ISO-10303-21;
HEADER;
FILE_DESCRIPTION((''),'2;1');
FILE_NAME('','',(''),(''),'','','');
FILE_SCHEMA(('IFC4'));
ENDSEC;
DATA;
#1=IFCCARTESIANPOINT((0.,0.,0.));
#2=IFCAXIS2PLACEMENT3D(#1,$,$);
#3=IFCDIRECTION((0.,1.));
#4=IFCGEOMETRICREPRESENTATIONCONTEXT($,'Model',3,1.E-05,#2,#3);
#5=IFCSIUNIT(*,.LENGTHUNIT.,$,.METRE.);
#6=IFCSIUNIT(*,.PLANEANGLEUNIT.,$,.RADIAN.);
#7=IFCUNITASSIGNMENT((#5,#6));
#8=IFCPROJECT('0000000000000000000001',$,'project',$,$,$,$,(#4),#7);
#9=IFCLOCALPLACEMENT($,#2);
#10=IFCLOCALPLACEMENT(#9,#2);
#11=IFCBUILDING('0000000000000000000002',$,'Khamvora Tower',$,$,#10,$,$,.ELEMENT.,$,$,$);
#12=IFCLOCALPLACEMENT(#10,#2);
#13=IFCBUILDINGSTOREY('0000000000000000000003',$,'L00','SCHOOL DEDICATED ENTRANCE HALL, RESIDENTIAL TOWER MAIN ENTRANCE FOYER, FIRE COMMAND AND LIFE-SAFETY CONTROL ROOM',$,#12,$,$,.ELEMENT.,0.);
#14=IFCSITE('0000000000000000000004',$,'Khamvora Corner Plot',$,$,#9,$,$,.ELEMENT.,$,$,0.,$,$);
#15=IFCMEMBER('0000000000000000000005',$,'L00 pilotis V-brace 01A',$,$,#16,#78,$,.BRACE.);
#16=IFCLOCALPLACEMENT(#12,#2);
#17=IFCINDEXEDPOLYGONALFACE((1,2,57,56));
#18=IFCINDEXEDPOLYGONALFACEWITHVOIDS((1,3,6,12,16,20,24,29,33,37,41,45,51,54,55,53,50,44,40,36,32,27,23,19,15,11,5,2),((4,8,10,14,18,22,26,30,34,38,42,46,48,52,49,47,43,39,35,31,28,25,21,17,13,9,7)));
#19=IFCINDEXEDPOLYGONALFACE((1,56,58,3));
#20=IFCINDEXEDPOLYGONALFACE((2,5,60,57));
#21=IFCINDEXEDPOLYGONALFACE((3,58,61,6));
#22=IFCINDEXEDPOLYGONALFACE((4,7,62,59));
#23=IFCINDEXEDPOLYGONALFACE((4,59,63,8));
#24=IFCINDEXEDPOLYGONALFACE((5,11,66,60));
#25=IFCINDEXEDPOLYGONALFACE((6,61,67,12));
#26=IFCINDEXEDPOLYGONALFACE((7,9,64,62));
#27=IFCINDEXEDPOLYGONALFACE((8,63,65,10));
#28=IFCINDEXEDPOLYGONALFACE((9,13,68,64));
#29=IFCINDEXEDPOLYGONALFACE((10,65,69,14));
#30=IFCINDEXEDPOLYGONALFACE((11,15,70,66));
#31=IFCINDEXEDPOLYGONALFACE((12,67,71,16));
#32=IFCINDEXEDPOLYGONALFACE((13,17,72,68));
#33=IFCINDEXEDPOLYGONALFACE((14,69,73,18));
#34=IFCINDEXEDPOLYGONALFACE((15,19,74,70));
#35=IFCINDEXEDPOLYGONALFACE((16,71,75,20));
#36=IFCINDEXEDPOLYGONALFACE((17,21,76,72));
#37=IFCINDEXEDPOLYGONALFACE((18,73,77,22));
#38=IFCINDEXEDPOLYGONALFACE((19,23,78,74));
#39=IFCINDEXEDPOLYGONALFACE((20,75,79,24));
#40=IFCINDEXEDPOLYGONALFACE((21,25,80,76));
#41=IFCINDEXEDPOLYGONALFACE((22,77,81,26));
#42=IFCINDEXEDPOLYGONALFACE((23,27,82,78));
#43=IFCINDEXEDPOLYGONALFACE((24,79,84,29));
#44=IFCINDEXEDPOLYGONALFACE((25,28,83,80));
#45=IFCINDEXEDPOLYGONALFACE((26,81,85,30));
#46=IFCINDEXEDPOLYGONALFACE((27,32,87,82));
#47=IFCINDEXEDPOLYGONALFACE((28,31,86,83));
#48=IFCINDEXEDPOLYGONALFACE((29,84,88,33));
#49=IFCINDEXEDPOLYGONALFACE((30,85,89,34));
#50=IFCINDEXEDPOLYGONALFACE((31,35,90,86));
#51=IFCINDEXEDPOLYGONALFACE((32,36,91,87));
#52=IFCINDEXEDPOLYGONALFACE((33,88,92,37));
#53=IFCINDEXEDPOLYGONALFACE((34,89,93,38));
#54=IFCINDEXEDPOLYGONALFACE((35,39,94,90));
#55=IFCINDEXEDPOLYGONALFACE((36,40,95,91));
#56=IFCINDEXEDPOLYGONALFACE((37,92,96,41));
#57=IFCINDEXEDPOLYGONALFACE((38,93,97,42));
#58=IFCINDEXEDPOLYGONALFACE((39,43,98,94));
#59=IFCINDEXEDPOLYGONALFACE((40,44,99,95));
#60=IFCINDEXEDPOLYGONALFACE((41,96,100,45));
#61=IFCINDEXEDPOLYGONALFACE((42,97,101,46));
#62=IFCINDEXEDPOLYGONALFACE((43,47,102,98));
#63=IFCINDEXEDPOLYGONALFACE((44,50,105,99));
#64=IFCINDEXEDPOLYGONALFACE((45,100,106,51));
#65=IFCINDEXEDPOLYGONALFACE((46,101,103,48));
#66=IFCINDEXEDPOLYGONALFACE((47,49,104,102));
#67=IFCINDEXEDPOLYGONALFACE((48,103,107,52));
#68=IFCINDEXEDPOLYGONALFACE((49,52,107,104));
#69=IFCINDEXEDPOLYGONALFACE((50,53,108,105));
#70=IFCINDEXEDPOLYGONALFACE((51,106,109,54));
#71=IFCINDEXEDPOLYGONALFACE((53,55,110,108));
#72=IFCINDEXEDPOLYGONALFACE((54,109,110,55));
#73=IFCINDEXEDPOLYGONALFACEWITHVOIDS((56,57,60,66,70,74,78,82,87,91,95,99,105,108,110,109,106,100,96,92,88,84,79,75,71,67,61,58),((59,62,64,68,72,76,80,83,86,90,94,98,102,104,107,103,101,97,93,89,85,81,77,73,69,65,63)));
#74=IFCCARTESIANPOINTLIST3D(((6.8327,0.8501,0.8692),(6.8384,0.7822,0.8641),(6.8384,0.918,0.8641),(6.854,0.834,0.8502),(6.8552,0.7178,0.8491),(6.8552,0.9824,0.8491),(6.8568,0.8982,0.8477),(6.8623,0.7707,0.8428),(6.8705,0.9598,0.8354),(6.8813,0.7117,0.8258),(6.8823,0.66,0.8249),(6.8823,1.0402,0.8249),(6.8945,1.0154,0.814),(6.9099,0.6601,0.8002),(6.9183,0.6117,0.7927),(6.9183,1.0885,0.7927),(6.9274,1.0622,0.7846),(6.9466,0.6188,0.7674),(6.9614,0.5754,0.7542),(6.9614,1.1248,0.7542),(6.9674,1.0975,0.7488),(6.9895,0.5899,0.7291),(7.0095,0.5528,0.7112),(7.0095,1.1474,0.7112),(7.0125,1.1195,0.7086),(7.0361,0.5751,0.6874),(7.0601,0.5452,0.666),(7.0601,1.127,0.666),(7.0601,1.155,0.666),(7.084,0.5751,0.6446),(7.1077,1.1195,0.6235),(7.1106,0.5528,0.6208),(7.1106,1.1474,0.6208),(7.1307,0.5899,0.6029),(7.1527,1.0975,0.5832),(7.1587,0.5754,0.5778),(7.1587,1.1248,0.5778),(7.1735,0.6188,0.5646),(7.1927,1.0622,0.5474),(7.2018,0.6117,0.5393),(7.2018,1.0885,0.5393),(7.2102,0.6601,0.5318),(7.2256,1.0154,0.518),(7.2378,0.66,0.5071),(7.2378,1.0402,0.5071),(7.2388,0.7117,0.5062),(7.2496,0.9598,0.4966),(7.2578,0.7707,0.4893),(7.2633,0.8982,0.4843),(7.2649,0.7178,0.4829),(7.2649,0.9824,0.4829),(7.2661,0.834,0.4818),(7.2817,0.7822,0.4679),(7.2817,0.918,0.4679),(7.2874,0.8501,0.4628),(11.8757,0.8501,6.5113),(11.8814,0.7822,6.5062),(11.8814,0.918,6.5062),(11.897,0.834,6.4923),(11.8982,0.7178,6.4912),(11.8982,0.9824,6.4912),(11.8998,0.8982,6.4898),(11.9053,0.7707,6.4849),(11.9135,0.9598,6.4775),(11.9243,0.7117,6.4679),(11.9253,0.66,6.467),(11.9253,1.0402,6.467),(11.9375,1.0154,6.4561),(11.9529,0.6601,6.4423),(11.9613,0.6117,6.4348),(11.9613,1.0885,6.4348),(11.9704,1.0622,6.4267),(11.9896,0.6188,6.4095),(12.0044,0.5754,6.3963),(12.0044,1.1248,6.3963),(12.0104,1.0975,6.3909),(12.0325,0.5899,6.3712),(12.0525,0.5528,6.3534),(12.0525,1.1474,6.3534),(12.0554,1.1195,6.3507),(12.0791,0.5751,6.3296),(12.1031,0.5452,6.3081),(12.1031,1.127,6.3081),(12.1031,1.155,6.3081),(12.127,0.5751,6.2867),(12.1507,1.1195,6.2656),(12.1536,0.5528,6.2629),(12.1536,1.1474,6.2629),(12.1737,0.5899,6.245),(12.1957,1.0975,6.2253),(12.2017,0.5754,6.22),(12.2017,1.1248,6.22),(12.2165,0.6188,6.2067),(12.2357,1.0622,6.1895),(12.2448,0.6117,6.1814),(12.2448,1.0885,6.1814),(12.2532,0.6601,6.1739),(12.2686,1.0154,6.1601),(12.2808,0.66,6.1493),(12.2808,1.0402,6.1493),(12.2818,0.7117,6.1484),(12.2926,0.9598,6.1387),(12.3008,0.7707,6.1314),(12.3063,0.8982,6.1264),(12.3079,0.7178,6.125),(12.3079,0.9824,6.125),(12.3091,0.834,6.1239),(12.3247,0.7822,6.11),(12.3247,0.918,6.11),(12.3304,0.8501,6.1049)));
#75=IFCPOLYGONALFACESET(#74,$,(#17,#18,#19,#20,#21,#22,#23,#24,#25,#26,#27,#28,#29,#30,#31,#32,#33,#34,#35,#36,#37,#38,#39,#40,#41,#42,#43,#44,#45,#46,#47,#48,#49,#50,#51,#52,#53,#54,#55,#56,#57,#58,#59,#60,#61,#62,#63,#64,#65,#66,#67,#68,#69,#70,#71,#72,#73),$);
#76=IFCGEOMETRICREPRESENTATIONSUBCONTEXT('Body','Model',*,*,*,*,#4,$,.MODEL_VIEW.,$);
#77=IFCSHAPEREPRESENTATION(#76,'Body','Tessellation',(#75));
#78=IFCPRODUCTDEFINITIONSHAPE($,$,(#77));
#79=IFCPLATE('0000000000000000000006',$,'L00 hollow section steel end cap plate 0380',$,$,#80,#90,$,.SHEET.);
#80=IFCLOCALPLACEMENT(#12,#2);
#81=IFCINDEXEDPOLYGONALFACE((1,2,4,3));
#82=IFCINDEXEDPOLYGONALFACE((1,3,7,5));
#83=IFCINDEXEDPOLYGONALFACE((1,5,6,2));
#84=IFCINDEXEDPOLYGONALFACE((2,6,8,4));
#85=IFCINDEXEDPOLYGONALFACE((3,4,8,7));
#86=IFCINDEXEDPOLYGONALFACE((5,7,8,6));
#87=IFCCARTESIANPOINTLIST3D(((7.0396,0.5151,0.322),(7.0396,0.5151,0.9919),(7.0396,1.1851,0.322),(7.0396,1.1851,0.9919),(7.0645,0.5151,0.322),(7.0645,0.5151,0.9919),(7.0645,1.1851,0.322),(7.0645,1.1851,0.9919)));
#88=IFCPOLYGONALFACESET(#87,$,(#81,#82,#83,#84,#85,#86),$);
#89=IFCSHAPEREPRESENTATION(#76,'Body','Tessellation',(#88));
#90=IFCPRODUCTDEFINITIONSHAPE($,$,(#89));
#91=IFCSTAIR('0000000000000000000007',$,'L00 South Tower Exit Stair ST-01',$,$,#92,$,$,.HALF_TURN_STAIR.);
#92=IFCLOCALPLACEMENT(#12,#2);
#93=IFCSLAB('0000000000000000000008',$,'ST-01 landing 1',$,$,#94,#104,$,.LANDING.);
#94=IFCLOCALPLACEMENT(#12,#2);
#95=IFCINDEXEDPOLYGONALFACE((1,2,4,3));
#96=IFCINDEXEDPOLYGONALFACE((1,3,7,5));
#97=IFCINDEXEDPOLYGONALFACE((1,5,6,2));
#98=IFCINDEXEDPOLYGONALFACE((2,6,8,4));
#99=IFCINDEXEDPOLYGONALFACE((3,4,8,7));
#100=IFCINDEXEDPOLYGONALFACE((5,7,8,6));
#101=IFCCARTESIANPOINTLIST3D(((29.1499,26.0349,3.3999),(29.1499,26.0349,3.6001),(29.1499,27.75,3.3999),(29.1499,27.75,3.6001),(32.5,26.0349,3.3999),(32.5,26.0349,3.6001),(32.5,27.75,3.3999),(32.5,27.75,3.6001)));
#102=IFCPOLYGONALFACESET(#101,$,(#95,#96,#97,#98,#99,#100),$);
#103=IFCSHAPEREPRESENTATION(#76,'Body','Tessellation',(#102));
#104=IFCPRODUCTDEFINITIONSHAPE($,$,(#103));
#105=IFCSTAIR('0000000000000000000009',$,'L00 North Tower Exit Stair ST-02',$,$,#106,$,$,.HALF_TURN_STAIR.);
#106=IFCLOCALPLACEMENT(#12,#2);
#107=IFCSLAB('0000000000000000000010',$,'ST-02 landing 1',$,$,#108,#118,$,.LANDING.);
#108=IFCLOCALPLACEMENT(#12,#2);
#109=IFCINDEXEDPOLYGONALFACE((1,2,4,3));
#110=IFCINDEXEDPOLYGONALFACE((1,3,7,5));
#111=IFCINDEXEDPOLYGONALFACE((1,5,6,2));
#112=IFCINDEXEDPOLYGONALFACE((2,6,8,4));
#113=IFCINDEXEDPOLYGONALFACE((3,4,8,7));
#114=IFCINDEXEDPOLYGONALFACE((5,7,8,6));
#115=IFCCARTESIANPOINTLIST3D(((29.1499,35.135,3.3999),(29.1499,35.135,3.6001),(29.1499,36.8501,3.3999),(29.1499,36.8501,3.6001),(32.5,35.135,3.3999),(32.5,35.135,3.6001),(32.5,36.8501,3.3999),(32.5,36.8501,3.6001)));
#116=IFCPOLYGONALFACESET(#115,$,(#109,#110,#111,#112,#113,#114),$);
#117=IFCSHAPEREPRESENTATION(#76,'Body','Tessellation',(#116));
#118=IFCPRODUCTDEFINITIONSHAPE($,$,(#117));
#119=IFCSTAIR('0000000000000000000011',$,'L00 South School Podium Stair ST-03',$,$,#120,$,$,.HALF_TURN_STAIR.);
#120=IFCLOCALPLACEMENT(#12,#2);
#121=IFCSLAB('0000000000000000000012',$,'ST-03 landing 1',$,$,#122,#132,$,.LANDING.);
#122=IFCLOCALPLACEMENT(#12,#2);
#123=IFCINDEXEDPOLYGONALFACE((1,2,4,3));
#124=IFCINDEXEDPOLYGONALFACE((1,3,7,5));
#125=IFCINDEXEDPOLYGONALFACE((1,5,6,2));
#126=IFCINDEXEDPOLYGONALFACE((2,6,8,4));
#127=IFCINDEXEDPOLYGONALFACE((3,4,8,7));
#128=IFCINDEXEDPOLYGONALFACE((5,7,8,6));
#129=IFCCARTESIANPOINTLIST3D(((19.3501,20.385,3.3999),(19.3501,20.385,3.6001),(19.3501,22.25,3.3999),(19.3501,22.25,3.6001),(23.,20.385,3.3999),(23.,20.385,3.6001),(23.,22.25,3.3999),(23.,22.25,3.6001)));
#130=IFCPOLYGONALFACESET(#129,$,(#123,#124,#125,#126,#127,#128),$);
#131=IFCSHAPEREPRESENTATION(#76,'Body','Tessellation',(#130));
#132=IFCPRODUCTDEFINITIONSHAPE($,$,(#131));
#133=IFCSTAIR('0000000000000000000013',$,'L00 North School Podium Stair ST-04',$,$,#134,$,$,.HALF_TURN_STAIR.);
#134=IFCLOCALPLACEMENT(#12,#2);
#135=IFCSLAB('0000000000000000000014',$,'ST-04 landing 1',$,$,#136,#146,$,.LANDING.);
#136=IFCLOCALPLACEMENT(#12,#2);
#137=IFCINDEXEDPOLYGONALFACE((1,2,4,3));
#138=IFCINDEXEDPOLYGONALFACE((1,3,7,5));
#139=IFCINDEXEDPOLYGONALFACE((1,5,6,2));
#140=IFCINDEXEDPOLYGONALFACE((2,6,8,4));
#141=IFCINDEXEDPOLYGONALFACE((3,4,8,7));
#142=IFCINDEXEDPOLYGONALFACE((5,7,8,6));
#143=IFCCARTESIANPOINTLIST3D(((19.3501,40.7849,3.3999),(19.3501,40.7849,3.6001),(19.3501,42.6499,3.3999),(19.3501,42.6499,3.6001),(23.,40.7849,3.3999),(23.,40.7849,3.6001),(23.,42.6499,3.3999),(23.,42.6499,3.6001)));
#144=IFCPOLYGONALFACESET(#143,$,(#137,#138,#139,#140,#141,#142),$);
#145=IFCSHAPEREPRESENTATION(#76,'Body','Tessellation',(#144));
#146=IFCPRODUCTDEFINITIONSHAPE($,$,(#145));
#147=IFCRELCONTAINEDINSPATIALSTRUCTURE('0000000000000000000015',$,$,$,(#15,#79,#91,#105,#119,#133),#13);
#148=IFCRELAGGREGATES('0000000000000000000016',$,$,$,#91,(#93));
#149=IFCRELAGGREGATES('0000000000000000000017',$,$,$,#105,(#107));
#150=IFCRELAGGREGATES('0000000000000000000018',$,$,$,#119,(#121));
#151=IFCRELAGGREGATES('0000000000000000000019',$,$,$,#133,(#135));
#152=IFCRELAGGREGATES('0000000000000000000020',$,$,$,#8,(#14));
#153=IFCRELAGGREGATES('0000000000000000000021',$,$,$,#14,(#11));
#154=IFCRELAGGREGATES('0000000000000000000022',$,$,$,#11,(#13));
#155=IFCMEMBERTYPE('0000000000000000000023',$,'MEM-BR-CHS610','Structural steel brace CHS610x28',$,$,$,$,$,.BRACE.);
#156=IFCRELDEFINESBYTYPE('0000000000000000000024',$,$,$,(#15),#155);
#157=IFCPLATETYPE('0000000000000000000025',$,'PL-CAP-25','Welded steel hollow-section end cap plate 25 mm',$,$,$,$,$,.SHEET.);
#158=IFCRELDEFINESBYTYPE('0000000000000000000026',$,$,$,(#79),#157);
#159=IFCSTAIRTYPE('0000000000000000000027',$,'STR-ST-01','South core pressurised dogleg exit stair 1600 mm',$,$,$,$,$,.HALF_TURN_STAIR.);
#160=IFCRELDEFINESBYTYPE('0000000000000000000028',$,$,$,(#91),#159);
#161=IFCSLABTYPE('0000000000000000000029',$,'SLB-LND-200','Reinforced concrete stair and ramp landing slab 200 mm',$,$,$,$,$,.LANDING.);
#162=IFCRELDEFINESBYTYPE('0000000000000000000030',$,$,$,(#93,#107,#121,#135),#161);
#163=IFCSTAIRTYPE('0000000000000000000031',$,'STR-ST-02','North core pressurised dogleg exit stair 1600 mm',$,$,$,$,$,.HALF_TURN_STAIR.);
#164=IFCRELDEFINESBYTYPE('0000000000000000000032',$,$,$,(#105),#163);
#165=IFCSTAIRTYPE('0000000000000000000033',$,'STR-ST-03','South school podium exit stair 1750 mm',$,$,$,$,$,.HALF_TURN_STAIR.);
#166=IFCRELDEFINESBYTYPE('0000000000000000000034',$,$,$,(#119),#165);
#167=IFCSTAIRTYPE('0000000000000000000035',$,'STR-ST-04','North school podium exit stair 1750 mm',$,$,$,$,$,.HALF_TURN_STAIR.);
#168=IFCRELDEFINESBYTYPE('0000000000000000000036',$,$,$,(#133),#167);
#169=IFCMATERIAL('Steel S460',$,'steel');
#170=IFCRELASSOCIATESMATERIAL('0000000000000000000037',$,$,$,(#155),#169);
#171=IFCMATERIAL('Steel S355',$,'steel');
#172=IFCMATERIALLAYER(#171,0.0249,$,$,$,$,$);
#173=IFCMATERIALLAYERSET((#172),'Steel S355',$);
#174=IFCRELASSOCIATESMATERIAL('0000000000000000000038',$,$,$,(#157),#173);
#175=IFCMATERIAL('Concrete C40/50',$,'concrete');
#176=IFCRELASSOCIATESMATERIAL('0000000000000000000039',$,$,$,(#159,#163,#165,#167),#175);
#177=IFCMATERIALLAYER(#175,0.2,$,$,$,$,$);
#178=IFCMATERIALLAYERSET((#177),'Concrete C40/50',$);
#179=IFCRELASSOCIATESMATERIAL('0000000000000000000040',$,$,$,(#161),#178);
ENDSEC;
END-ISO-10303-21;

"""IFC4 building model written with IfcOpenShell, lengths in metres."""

from ifc_helpers import new_model, si_unit, direction, frame, origin, origin_2d, place, context, subcontext, project, spatial, polyline, rectangle, hollow_circle, outline, extrude, material, layer, layer_set, material_profile, profile_set, type_object, element, aggregate, save


model = new_model("IFC4")

# Units and contexts
model_context = context("Model", 3, precision=1e-05, world=origin(), true_north=direction((0.0, 1.0)))
body_context = subcontext(model_context, "Body", "Model", "MODEL_VIEW")
ifc_project = project(units=[si_unit("LENGTHUNIT", "METRE"), si_unit("PLANEANGLEUNIT", "RADIAN")], contexts=[model_context])

# Site, building, storey
site_placement = place(None, origin())
site = spatial("IfcSite", under=ifc_project, at=site_placement, Name="Khamvora Corner Plot", CompositionType="ELEMENT", RefElevation=0.0)
building_placement = place(site_placement, origin())
building = spatial("IfcBuilding", under=site, at=building_placement, Name="Khamvora Tower", CompositionType="ELEMENT")
storey_placement = place(building_placement, origin())
storey = spatial("IfcBuildingStorey", under=building, at=storey_placement, Name="L00", Description="SCHOOL DEDICATED ENTRANCE HALL, RESIDENTIAL TOWER MAIN ENTRANCE FOYER, FIRE COMMAND AND LIFE-SAFETY CONTROL ROOM", CompositionType="ELEMENT", Elevation=0.0)

# Shared definitions
ifc_material_1 = material(Name="Steel S460", Category="steel")

# Shared definitions
ifc_material_2 = material(Name="Steel S355", Category="steel")

# Member
ifc_material_profile_1 = material_profile(ifc_material_1, hollow_circle(Radius=0.3049, WallThickness=0.0281, at=origin_2d()), Name="CHS610x28")
ifc_profile_set_1 = profile_set([ifc_material_profile_1], Name="Steel S460")
member_type = type_object("IfcMemberType", Name="MEM-BR-CHS610", Description="Structural steel brace CHS610x28", PredefinedType="BRACE", material=ifc_profile_set_1)
member_placement = place(storey_placement, frame((7.0601, 0.8501, 0.666), z_axis=(0.666412, 0.0, 0.745584), x_axis=(0.0, 1.0, 0.0)))
element("IfcMember", 1, at=member_placement, inside=storey, type_object=member_type, Name="L00 pilotis V-brace 01A", PredefinedType="BRACE", context=body_context, shape_type="SweptSolid", body=[
    extrude(hollow_circle(Radius=0.3049, WallThickness=0.0281, at=origin_2d()), origin(), (0.0, 0.0, 1.0), 7.5674),
])

# Plate
ifc_layer_1 = layer(ifc_material_2, 0.0249)
ifc_layer_set_1 = layer_set([ifc_layer_1], Name="Steel S355")
plate_type = type_object("IfcPlateType", Name="PL-CAP-25", Description="Welded steel hollow-section end cap plate 25 mm", PredefinedType="SHEET", material=ifc_layer_set_1)
plate_placement = place(storey_placement, frame((7.052, 0.8501, 0.322), z_axis=(0.0, 0.0, 1.0), x_axis=(1.0, 0.0, 0.0)))
element("IfcPlate", 2, at=plate_placement, inside=storey, type_object=plate_type, Name="L00 hollow section steel end cap plate 0380", PredefinedType="SHEET", context=body_context, shape_type="SweptSolid", body=[
    extrude(rectangle(XDim=0.0249, YDim=0.6699, at=origin_2d()), origin(), (0.0, 0.0, 1.0), 0.6699),
])

# Stairs, slabs
ifc_material_3 = material(Name="Concrete C40/50", Category="concrete")
stair_type_1 = type_object("IfcStairType", Name="STR-ST-01", Description="South core pressurised dogleg exit stair 1600 mm", PredefinedType="HALF_TURN_STAIR", material=ifc_material_3)
stair_1_placement = place(storey_placement, origin())
stair_1 = element("IfcStair", 3, at=stair_1_placement, inside=storey, type_object=stair_type_1, Name="L00 South Tower Exit Stair ST-01", PredefinedType="HALF_TURN_STAIR")
ifc_layer_2 = layer(ifc_material_3, 0.2)
ifc_layer_set_2 = layer_set([ifc_layer_2], Name="Concrete C40/50")
slab_type_1 = type_object("IfcSlabType", Name="SLB-LND-200", Description="Reinforced concrete stair and ramp landing slab 200 mm", PredefinedType="LANDING", material=ifc_layer_set_2)
slab_1_placement = place(storey_placement, frame((0.0, 0.0, 3.3999)))
slab_1 = element("IfcSlab", 4, at=slab_1_placement, type_object=slab_type_1, Name="ST-01 landing 1", PredefinedType="LANDING", context=body_context, shape_type="SweptSolid", body=[
    extrude(outline(polyline([(32.5, 26.0349), (32.5, 27.75), (29.1499, 27.75), (29.1499, 26.0349), (32.5, 26.0349)])), origin(), (0.0, 0.0, 1.0), 0.2002),
])
aggregate(stair_1, [slab_1])
stair_type_2 = type_object("IfcStairType", Name="STR-ST-02", Description="North core pressurised dogleg exit stair 1600 mm", PredefinedType="HALF_TURN_STAIR", material=ifc_material_3)
stair_2_placement = place(storey_placement, origin())
stair_2 = element("IfcStair", 5, at=stair_2_placement, inside=storey, type_object=stair_type_2, Name="L00 North Tower Exit Stair ST-02", PredefinedType="HALF_TURN_STAIR")
slab_2_placement = place(storey_placement, frame((0.0, 0.0, 3.3999)))
slab_2 = element("IfcSlab", 6, at=slab_2_placement, type_object=slab_type_1, Name="ST-02 landing 1", PredefinedType="LANDING", context=body_context, shape_type="SweptSolid", body=[
    extrude(outline(polyline([(32.5, 35.135), (32.5, 36.8501), (29.1499, 36.8501), (29.1499, 35.135), (32.5, 35.135)])), origin(), (0.0, 0.0, 1.0), 0.2002),
])
aggregate(stair_2, [slab_2])
stair_type_3 = type_object("IfcStairType", Name="STR-ST-03", Description="South school podium exit stair 1750 mm", PredefinedType="HALF_TURN_STAIR", material=ifc_material_3)
stair_3_placement = place(storey_placement, origin())
stair_3 = element("IfcStair", 7, at=stair_3_placement, inside=storey, type_object=stair_type_3, Name="L00 South School Podium Stair ST-03", PredefinedType="HALF_TURN_STAIR")
slab_3_placement = place(storey_placement, frame((0.0, 0.0, 3.3999)))
slab_3 = element("IfcSlab", 8, at=slab_3_placement, type_object=slab_type_1, Name="ST-03 landing 1", PredefinedType="LANDING", context=body_context, shape_type="SweptSolid", body=[
    extrude(outline(polyline([(23.0, 20.385), (23.0, 22.25), (19.3501, 22.25), (19.3501, 20.385), (23.0, 20.385)])), origin(), (0.0, 0.0, 1.0), 0.2002),
])
aggregate(stair_3, [slab_3])
stair_type_4 = type_object("IfcStairType", Name="STR-ST-04", Description="North school podium exit stair 1750 mm", PredefinedType="HALF_TURN_STAIR", material=ifc_material_3)
stair_4_placement = place(storey_placement, origin())
stair_4 = element("IfcStair", 9, at=stair_4_placement, inside=storey, type_object=stair_type_4, Name="L00 North School Podium Stair ST-04", PredefinedType="HALF_TURN_STAIR")
slab_4_placement = place(storey_placement, frame((0.0, 0.0, 3.3999)))
slab_4 = element("IfcSlab", 10, at=slab_4_placement, type_object=slab_type_1, Name="ST-04 landing 1", PredefinedType="LANDING", context=body_context, shape_type="SweptSolid", body=[
    extrude(outline(polyline([(23.0, 40.7849), (23.0, 42.6499), (19.3501, 42.6499), (19.3501, 40.7849), (23.0, 40.7849)])), origin(), (0.0, 0.0, 1.0), 0.2002),
])
aggregate(stair_4, [slab_4])

save(model, "model.ifc")
